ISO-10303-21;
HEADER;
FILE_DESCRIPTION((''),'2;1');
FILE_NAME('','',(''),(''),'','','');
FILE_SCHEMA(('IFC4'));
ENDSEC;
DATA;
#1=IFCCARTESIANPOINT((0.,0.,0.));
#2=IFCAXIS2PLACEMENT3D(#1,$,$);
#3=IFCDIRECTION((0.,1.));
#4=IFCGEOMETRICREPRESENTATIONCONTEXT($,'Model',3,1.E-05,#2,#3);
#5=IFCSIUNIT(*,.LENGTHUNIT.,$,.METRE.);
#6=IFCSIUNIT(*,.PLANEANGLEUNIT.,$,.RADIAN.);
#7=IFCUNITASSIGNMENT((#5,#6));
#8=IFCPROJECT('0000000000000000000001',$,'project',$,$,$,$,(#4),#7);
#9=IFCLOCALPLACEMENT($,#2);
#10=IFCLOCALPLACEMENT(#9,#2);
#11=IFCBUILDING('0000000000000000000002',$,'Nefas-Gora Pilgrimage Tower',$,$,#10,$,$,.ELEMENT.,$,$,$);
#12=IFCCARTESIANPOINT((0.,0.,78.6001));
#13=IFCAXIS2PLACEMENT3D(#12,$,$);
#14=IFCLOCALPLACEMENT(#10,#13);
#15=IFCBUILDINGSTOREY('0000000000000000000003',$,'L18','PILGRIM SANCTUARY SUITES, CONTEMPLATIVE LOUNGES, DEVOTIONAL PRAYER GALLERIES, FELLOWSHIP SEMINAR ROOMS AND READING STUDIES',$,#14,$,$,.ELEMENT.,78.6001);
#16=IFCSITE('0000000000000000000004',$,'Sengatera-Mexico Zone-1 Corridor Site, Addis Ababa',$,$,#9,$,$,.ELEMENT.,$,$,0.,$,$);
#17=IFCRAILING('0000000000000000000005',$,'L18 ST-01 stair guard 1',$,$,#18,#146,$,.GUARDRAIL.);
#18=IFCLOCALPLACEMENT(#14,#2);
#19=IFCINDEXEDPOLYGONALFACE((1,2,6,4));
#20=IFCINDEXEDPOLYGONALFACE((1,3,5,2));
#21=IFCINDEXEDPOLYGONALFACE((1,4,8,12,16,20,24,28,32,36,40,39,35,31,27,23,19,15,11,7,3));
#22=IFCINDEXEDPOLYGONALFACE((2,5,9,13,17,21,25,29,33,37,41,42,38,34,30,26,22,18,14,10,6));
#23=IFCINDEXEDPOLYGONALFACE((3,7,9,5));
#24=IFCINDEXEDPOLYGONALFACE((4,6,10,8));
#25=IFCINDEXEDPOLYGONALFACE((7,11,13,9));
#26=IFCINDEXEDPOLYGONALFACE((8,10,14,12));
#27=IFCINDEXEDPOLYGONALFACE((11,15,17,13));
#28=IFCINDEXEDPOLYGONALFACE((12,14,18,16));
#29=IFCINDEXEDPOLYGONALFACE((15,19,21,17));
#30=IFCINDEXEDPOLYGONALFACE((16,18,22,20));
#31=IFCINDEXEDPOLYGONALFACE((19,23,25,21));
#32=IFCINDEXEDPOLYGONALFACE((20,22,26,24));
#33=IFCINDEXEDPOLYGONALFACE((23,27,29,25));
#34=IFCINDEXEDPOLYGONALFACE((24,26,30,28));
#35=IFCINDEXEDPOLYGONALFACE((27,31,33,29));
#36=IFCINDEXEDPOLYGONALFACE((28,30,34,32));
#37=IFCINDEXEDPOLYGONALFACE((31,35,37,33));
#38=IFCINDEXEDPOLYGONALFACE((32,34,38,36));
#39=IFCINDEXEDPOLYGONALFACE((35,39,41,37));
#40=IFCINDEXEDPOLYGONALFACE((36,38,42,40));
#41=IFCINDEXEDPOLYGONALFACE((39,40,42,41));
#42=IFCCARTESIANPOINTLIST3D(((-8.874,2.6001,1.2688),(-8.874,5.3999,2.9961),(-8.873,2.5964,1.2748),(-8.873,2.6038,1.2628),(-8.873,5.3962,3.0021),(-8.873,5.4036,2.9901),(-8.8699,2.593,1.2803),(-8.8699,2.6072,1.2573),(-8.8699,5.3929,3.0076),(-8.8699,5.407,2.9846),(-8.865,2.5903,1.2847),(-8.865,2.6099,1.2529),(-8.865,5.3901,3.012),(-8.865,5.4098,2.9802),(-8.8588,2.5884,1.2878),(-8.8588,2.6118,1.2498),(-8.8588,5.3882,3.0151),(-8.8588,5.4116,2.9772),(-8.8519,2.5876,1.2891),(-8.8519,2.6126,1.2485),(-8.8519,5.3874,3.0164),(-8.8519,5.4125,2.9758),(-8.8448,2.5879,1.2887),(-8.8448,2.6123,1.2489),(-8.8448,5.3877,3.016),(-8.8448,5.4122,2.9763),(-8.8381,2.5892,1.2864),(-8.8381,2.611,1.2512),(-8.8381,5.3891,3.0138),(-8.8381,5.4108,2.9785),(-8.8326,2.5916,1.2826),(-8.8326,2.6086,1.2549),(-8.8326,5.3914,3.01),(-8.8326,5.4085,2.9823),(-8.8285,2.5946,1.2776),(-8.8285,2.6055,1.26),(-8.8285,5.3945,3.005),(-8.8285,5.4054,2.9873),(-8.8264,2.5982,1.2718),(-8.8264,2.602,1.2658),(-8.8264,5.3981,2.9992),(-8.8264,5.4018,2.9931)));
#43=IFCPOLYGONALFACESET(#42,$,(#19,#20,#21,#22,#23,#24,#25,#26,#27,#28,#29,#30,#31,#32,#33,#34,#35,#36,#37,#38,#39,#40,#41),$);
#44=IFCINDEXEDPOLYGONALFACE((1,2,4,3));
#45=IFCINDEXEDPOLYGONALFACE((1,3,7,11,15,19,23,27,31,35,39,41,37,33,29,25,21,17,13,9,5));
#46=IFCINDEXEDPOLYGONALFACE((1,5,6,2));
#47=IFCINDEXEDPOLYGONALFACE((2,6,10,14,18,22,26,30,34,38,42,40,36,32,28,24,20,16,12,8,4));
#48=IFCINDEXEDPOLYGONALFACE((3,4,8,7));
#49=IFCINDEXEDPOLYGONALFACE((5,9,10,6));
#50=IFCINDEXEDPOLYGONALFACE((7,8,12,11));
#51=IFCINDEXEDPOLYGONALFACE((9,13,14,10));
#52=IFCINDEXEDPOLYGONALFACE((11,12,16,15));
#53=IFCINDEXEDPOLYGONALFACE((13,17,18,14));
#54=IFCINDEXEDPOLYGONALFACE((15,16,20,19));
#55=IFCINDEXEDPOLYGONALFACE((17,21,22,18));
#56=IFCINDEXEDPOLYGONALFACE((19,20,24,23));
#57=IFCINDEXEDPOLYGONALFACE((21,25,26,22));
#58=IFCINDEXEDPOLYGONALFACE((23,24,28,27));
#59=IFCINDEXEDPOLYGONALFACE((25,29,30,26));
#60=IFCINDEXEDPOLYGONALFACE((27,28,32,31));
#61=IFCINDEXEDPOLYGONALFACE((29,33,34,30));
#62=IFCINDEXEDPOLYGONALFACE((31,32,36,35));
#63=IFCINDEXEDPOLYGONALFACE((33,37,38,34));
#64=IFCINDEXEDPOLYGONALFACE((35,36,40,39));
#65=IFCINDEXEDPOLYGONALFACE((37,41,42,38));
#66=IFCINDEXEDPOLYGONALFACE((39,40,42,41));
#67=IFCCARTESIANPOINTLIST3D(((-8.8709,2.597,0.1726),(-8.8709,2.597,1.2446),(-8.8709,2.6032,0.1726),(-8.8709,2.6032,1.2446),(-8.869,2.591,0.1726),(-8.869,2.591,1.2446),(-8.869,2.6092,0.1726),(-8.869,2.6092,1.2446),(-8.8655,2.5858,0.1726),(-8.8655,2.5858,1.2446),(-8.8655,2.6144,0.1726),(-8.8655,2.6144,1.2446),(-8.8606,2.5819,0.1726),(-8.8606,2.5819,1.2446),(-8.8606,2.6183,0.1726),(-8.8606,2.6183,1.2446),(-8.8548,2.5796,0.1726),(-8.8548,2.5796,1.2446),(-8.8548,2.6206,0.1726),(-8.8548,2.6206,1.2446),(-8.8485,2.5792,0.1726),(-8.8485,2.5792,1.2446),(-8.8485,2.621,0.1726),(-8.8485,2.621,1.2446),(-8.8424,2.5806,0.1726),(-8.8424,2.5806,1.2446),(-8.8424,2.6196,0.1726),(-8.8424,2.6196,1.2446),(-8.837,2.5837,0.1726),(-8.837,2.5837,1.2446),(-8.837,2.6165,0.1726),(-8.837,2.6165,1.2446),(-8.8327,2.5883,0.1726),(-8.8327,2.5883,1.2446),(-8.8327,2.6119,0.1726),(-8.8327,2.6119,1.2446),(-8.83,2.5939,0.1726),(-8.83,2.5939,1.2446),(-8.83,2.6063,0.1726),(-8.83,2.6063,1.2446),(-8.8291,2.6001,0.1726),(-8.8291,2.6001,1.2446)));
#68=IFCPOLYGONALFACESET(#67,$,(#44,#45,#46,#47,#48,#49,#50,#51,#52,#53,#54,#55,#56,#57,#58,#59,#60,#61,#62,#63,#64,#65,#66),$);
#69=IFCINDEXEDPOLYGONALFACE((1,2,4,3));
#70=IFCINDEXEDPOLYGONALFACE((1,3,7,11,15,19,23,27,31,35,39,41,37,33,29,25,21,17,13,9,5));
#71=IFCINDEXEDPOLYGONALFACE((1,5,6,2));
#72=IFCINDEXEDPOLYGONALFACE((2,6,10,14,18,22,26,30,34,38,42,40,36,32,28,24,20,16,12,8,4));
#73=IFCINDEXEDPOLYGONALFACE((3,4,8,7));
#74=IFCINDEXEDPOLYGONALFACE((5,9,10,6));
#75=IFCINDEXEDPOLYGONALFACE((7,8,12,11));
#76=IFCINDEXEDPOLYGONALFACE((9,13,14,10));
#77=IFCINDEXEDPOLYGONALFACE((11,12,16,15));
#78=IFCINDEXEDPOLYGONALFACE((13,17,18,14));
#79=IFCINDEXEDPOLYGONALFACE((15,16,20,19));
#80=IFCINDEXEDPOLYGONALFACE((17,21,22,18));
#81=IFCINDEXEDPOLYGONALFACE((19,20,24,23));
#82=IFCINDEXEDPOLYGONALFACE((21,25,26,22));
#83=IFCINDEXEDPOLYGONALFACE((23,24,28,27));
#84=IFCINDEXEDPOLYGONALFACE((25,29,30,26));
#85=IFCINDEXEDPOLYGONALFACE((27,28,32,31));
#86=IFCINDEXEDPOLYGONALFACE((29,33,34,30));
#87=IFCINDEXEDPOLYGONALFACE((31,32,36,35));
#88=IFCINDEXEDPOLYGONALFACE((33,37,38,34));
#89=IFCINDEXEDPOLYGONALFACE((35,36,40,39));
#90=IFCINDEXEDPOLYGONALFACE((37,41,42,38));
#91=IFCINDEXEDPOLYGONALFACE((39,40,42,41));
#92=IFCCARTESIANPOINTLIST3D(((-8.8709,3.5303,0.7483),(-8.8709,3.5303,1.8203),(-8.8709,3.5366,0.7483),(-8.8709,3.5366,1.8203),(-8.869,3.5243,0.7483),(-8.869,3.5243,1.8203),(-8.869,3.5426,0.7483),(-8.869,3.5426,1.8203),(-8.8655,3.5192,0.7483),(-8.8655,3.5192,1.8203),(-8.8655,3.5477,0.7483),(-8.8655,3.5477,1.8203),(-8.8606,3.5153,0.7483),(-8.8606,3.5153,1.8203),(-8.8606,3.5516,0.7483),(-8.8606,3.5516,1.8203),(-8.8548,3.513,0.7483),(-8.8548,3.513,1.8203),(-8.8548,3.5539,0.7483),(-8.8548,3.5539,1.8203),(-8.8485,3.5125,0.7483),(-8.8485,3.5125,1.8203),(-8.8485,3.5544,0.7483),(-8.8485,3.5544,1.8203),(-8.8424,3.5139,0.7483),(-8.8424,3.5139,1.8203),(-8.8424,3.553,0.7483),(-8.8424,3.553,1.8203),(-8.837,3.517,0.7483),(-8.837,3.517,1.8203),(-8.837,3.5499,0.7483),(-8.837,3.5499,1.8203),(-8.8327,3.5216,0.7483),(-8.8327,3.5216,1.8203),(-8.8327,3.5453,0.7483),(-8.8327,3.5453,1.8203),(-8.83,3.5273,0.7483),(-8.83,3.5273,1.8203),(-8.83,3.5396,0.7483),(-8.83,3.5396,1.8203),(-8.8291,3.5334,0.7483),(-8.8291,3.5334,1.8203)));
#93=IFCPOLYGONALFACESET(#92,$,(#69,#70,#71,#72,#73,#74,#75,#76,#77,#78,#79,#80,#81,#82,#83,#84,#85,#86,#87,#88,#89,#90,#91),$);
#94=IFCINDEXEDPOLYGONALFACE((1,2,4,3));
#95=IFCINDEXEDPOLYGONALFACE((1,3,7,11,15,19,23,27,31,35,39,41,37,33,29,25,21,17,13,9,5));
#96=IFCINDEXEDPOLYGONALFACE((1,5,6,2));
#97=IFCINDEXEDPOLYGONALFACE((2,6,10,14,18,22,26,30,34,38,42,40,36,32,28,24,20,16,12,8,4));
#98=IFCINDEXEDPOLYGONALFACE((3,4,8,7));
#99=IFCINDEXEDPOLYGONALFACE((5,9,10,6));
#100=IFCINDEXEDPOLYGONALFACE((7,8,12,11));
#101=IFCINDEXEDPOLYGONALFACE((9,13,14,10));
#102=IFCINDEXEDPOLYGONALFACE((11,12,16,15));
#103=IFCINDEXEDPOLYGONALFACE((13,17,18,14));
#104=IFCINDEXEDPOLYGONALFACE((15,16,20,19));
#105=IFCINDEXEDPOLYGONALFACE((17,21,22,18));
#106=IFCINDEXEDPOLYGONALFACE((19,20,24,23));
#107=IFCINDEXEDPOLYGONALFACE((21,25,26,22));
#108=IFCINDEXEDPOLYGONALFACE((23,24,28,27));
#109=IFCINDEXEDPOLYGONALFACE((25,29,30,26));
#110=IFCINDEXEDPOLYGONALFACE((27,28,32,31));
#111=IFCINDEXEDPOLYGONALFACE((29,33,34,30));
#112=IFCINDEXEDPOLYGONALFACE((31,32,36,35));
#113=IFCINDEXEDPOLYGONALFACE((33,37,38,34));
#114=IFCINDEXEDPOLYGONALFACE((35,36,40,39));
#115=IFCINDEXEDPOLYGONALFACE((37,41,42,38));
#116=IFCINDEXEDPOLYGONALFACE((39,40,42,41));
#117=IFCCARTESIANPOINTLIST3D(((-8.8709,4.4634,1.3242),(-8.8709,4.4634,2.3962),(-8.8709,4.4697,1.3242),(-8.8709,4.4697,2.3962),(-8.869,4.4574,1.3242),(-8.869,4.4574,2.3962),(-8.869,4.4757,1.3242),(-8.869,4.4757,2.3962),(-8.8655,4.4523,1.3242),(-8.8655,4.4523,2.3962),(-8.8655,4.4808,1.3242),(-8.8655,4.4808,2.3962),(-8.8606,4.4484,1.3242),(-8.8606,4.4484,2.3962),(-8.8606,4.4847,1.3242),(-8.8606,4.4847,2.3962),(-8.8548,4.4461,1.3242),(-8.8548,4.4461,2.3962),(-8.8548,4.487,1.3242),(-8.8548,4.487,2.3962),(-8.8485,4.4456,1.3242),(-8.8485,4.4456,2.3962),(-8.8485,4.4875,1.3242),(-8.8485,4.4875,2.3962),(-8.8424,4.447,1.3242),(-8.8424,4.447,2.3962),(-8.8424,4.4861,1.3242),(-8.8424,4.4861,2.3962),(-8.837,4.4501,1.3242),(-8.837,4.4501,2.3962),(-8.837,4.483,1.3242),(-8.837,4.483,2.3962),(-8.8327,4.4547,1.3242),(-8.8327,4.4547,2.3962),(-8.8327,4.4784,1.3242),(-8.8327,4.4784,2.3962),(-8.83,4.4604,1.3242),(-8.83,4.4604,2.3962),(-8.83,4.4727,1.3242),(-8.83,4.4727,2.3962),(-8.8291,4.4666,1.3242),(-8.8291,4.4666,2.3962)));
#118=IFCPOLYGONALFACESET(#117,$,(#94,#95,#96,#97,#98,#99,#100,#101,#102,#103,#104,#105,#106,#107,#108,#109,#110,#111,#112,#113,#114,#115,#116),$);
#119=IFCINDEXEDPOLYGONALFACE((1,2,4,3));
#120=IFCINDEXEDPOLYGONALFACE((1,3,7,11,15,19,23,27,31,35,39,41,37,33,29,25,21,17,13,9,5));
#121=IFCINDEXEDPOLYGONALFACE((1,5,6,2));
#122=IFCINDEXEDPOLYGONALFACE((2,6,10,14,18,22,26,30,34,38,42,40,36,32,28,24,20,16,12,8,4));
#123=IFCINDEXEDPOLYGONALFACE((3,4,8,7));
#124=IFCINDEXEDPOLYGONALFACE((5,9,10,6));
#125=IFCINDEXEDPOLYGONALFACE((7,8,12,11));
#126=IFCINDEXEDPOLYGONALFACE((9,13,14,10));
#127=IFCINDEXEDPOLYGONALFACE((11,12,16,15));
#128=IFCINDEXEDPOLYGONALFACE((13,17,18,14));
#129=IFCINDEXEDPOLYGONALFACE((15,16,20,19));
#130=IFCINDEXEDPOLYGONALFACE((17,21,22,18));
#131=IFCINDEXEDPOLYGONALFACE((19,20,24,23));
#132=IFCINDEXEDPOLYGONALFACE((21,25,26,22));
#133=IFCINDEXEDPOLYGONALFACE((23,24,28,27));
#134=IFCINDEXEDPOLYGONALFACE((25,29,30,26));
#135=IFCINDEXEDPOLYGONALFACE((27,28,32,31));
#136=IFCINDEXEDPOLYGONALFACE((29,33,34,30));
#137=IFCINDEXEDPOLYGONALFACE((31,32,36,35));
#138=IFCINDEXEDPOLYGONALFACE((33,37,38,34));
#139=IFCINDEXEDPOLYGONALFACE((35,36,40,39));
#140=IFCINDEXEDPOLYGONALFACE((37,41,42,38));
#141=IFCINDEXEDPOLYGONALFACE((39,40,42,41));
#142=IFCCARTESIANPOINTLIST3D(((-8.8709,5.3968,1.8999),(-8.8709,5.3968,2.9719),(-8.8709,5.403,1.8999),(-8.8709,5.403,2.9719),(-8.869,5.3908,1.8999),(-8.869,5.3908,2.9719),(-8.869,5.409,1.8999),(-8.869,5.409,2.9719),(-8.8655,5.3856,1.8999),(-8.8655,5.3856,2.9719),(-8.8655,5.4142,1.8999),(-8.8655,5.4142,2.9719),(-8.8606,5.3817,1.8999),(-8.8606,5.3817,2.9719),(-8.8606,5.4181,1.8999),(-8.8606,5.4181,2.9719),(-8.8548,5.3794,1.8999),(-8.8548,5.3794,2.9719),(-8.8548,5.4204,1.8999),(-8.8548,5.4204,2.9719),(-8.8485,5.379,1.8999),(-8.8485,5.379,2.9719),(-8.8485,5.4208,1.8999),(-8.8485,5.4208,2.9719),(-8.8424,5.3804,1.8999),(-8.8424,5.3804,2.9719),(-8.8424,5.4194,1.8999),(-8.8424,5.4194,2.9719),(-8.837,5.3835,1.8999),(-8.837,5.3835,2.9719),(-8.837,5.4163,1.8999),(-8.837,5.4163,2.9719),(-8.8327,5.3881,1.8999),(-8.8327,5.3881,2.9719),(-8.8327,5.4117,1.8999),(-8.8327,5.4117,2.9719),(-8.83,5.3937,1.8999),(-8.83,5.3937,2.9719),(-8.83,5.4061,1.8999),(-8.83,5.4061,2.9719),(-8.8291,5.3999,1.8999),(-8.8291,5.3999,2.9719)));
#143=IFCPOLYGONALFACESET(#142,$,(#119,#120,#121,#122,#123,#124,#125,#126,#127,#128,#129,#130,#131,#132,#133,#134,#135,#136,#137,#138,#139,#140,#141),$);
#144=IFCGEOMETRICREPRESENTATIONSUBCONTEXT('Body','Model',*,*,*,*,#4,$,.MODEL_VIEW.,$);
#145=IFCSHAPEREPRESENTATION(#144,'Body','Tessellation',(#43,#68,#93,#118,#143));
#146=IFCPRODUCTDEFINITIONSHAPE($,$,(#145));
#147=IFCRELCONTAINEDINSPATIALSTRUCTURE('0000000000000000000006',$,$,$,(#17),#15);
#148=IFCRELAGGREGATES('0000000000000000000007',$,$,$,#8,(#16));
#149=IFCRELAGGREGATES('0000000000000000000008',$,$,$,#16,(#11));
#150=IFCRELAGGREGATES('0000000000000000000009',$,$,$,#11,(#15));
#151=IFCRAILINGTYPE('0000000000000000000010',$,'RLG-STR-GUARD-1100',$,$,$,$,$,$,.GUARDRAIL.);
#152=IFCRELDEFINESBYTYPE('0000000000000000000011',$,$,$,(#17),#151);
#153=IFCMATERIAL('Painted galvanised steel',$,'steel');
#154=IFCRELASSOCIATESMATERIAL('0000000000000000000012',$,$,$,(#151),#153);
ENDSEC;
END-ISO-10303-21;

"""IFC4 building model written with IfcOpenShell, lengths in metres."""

from ifc_helpers import new_model, si_unit, direction, frame, origin, origin_2d, place, context, subcontext, project, spatial, circle, extrude, material, type_object, element, save


model = new_model("IFC4")

# Units and contexts
model_context = context("Model", 3, precision=1e-05, world=origin(), true_north=direction((0.0, 1.0)))
body_context = subcontext(model_context, "Body", "Model", "MODEL_VIEW")
ifc_project = project(units=[si_unit("LENGTHUNIT", "METRE"), si_unit("PLANEANGLEUNIT", "RADIAN")], contexts=[model_context])

# Site, building, storey
site_placement = place(None, origin())
site = spatial("IfcSite", under=ifc_project, at=site_placement, Name="Sengatera-Mexico Zone-1 Corridor Site, Addis Ababa", CompositionType="ELEMENT", RefElevation=0.0)
building_placement = place(site_placement, origin())
building = spatial("IfcBuilding", under=site, at=building_placement, Name="Nefas-Gora Pilgrimage Tower", CompositionType="ELEMENT")
storey_placement = place(building_placement, frame((0.0, 0.0, 78.6001)))
storey = spatial("IfcBuildingStorey", under=building, at=storey_placement, Name="L18", Description="PILGRIM SANCTUARY SUITES, CONTEMPLATIVE LOUNGES, DEVOTIONAL PRAYER GALLERIES, FELLOWSHIP SEMINAR ROOMS AND READING STUDIES", CompositionType="ELEMENT", Elevation=78.6001)

# Railing
ifc_material_1 = material(Name="Painted galvanised steel", Category="steel")
railing_type_1 = type_object("IfcRailingType", Name="RLG-STR-GUARD-1100", PredefinedType="GUARDRAIL", material=ifc_material_1)
railing_1_placement = place(storey_placement, frame((-8.8501, 2.6001, 0.1726)))
element("IfcRailing", 1, at=railing_1_placement, inside=storey, type_object=railing_type_1, Name="L18 ST-01 stair guard 1", PredefinedType="GUARDRAIL", context=body_context, shape_type="SweptSolid", body=[
    extrude(circle(Radius=0.0239, at=origin_2d()), frame((0.0, 0.0, 1.0962), z_axis=(0.0, 0.851069, 0.525054), x_axis=(-1.0, 0.0, 0.0)), (0.0, 0.0, 1.0), 3.2898),
    extrude(circle(Radius=0.021, at=origin_2d()), origin(), (0.0, 0.0, 1.0), 1.072),
    extrude(circle(Radius=0.021, at=origin_2d()), frame((0.0, 0.9333, 0.5757)), (0.0, 0.0, 1.0), 1.072),
    extrude(circle(Radius=0.021, at=origin_2d()), frame((0.0, 1.8665, 1.1516)), (0.0, 0.0, 1.0), 1.072),
    extrude(circle(Radius=0.021, at=origin_2d()), frame((0.0, 2.7998, 1.7273)), (0.0, 0.0, 1.0), 1.072),
])

save(model, "model.ifc")
